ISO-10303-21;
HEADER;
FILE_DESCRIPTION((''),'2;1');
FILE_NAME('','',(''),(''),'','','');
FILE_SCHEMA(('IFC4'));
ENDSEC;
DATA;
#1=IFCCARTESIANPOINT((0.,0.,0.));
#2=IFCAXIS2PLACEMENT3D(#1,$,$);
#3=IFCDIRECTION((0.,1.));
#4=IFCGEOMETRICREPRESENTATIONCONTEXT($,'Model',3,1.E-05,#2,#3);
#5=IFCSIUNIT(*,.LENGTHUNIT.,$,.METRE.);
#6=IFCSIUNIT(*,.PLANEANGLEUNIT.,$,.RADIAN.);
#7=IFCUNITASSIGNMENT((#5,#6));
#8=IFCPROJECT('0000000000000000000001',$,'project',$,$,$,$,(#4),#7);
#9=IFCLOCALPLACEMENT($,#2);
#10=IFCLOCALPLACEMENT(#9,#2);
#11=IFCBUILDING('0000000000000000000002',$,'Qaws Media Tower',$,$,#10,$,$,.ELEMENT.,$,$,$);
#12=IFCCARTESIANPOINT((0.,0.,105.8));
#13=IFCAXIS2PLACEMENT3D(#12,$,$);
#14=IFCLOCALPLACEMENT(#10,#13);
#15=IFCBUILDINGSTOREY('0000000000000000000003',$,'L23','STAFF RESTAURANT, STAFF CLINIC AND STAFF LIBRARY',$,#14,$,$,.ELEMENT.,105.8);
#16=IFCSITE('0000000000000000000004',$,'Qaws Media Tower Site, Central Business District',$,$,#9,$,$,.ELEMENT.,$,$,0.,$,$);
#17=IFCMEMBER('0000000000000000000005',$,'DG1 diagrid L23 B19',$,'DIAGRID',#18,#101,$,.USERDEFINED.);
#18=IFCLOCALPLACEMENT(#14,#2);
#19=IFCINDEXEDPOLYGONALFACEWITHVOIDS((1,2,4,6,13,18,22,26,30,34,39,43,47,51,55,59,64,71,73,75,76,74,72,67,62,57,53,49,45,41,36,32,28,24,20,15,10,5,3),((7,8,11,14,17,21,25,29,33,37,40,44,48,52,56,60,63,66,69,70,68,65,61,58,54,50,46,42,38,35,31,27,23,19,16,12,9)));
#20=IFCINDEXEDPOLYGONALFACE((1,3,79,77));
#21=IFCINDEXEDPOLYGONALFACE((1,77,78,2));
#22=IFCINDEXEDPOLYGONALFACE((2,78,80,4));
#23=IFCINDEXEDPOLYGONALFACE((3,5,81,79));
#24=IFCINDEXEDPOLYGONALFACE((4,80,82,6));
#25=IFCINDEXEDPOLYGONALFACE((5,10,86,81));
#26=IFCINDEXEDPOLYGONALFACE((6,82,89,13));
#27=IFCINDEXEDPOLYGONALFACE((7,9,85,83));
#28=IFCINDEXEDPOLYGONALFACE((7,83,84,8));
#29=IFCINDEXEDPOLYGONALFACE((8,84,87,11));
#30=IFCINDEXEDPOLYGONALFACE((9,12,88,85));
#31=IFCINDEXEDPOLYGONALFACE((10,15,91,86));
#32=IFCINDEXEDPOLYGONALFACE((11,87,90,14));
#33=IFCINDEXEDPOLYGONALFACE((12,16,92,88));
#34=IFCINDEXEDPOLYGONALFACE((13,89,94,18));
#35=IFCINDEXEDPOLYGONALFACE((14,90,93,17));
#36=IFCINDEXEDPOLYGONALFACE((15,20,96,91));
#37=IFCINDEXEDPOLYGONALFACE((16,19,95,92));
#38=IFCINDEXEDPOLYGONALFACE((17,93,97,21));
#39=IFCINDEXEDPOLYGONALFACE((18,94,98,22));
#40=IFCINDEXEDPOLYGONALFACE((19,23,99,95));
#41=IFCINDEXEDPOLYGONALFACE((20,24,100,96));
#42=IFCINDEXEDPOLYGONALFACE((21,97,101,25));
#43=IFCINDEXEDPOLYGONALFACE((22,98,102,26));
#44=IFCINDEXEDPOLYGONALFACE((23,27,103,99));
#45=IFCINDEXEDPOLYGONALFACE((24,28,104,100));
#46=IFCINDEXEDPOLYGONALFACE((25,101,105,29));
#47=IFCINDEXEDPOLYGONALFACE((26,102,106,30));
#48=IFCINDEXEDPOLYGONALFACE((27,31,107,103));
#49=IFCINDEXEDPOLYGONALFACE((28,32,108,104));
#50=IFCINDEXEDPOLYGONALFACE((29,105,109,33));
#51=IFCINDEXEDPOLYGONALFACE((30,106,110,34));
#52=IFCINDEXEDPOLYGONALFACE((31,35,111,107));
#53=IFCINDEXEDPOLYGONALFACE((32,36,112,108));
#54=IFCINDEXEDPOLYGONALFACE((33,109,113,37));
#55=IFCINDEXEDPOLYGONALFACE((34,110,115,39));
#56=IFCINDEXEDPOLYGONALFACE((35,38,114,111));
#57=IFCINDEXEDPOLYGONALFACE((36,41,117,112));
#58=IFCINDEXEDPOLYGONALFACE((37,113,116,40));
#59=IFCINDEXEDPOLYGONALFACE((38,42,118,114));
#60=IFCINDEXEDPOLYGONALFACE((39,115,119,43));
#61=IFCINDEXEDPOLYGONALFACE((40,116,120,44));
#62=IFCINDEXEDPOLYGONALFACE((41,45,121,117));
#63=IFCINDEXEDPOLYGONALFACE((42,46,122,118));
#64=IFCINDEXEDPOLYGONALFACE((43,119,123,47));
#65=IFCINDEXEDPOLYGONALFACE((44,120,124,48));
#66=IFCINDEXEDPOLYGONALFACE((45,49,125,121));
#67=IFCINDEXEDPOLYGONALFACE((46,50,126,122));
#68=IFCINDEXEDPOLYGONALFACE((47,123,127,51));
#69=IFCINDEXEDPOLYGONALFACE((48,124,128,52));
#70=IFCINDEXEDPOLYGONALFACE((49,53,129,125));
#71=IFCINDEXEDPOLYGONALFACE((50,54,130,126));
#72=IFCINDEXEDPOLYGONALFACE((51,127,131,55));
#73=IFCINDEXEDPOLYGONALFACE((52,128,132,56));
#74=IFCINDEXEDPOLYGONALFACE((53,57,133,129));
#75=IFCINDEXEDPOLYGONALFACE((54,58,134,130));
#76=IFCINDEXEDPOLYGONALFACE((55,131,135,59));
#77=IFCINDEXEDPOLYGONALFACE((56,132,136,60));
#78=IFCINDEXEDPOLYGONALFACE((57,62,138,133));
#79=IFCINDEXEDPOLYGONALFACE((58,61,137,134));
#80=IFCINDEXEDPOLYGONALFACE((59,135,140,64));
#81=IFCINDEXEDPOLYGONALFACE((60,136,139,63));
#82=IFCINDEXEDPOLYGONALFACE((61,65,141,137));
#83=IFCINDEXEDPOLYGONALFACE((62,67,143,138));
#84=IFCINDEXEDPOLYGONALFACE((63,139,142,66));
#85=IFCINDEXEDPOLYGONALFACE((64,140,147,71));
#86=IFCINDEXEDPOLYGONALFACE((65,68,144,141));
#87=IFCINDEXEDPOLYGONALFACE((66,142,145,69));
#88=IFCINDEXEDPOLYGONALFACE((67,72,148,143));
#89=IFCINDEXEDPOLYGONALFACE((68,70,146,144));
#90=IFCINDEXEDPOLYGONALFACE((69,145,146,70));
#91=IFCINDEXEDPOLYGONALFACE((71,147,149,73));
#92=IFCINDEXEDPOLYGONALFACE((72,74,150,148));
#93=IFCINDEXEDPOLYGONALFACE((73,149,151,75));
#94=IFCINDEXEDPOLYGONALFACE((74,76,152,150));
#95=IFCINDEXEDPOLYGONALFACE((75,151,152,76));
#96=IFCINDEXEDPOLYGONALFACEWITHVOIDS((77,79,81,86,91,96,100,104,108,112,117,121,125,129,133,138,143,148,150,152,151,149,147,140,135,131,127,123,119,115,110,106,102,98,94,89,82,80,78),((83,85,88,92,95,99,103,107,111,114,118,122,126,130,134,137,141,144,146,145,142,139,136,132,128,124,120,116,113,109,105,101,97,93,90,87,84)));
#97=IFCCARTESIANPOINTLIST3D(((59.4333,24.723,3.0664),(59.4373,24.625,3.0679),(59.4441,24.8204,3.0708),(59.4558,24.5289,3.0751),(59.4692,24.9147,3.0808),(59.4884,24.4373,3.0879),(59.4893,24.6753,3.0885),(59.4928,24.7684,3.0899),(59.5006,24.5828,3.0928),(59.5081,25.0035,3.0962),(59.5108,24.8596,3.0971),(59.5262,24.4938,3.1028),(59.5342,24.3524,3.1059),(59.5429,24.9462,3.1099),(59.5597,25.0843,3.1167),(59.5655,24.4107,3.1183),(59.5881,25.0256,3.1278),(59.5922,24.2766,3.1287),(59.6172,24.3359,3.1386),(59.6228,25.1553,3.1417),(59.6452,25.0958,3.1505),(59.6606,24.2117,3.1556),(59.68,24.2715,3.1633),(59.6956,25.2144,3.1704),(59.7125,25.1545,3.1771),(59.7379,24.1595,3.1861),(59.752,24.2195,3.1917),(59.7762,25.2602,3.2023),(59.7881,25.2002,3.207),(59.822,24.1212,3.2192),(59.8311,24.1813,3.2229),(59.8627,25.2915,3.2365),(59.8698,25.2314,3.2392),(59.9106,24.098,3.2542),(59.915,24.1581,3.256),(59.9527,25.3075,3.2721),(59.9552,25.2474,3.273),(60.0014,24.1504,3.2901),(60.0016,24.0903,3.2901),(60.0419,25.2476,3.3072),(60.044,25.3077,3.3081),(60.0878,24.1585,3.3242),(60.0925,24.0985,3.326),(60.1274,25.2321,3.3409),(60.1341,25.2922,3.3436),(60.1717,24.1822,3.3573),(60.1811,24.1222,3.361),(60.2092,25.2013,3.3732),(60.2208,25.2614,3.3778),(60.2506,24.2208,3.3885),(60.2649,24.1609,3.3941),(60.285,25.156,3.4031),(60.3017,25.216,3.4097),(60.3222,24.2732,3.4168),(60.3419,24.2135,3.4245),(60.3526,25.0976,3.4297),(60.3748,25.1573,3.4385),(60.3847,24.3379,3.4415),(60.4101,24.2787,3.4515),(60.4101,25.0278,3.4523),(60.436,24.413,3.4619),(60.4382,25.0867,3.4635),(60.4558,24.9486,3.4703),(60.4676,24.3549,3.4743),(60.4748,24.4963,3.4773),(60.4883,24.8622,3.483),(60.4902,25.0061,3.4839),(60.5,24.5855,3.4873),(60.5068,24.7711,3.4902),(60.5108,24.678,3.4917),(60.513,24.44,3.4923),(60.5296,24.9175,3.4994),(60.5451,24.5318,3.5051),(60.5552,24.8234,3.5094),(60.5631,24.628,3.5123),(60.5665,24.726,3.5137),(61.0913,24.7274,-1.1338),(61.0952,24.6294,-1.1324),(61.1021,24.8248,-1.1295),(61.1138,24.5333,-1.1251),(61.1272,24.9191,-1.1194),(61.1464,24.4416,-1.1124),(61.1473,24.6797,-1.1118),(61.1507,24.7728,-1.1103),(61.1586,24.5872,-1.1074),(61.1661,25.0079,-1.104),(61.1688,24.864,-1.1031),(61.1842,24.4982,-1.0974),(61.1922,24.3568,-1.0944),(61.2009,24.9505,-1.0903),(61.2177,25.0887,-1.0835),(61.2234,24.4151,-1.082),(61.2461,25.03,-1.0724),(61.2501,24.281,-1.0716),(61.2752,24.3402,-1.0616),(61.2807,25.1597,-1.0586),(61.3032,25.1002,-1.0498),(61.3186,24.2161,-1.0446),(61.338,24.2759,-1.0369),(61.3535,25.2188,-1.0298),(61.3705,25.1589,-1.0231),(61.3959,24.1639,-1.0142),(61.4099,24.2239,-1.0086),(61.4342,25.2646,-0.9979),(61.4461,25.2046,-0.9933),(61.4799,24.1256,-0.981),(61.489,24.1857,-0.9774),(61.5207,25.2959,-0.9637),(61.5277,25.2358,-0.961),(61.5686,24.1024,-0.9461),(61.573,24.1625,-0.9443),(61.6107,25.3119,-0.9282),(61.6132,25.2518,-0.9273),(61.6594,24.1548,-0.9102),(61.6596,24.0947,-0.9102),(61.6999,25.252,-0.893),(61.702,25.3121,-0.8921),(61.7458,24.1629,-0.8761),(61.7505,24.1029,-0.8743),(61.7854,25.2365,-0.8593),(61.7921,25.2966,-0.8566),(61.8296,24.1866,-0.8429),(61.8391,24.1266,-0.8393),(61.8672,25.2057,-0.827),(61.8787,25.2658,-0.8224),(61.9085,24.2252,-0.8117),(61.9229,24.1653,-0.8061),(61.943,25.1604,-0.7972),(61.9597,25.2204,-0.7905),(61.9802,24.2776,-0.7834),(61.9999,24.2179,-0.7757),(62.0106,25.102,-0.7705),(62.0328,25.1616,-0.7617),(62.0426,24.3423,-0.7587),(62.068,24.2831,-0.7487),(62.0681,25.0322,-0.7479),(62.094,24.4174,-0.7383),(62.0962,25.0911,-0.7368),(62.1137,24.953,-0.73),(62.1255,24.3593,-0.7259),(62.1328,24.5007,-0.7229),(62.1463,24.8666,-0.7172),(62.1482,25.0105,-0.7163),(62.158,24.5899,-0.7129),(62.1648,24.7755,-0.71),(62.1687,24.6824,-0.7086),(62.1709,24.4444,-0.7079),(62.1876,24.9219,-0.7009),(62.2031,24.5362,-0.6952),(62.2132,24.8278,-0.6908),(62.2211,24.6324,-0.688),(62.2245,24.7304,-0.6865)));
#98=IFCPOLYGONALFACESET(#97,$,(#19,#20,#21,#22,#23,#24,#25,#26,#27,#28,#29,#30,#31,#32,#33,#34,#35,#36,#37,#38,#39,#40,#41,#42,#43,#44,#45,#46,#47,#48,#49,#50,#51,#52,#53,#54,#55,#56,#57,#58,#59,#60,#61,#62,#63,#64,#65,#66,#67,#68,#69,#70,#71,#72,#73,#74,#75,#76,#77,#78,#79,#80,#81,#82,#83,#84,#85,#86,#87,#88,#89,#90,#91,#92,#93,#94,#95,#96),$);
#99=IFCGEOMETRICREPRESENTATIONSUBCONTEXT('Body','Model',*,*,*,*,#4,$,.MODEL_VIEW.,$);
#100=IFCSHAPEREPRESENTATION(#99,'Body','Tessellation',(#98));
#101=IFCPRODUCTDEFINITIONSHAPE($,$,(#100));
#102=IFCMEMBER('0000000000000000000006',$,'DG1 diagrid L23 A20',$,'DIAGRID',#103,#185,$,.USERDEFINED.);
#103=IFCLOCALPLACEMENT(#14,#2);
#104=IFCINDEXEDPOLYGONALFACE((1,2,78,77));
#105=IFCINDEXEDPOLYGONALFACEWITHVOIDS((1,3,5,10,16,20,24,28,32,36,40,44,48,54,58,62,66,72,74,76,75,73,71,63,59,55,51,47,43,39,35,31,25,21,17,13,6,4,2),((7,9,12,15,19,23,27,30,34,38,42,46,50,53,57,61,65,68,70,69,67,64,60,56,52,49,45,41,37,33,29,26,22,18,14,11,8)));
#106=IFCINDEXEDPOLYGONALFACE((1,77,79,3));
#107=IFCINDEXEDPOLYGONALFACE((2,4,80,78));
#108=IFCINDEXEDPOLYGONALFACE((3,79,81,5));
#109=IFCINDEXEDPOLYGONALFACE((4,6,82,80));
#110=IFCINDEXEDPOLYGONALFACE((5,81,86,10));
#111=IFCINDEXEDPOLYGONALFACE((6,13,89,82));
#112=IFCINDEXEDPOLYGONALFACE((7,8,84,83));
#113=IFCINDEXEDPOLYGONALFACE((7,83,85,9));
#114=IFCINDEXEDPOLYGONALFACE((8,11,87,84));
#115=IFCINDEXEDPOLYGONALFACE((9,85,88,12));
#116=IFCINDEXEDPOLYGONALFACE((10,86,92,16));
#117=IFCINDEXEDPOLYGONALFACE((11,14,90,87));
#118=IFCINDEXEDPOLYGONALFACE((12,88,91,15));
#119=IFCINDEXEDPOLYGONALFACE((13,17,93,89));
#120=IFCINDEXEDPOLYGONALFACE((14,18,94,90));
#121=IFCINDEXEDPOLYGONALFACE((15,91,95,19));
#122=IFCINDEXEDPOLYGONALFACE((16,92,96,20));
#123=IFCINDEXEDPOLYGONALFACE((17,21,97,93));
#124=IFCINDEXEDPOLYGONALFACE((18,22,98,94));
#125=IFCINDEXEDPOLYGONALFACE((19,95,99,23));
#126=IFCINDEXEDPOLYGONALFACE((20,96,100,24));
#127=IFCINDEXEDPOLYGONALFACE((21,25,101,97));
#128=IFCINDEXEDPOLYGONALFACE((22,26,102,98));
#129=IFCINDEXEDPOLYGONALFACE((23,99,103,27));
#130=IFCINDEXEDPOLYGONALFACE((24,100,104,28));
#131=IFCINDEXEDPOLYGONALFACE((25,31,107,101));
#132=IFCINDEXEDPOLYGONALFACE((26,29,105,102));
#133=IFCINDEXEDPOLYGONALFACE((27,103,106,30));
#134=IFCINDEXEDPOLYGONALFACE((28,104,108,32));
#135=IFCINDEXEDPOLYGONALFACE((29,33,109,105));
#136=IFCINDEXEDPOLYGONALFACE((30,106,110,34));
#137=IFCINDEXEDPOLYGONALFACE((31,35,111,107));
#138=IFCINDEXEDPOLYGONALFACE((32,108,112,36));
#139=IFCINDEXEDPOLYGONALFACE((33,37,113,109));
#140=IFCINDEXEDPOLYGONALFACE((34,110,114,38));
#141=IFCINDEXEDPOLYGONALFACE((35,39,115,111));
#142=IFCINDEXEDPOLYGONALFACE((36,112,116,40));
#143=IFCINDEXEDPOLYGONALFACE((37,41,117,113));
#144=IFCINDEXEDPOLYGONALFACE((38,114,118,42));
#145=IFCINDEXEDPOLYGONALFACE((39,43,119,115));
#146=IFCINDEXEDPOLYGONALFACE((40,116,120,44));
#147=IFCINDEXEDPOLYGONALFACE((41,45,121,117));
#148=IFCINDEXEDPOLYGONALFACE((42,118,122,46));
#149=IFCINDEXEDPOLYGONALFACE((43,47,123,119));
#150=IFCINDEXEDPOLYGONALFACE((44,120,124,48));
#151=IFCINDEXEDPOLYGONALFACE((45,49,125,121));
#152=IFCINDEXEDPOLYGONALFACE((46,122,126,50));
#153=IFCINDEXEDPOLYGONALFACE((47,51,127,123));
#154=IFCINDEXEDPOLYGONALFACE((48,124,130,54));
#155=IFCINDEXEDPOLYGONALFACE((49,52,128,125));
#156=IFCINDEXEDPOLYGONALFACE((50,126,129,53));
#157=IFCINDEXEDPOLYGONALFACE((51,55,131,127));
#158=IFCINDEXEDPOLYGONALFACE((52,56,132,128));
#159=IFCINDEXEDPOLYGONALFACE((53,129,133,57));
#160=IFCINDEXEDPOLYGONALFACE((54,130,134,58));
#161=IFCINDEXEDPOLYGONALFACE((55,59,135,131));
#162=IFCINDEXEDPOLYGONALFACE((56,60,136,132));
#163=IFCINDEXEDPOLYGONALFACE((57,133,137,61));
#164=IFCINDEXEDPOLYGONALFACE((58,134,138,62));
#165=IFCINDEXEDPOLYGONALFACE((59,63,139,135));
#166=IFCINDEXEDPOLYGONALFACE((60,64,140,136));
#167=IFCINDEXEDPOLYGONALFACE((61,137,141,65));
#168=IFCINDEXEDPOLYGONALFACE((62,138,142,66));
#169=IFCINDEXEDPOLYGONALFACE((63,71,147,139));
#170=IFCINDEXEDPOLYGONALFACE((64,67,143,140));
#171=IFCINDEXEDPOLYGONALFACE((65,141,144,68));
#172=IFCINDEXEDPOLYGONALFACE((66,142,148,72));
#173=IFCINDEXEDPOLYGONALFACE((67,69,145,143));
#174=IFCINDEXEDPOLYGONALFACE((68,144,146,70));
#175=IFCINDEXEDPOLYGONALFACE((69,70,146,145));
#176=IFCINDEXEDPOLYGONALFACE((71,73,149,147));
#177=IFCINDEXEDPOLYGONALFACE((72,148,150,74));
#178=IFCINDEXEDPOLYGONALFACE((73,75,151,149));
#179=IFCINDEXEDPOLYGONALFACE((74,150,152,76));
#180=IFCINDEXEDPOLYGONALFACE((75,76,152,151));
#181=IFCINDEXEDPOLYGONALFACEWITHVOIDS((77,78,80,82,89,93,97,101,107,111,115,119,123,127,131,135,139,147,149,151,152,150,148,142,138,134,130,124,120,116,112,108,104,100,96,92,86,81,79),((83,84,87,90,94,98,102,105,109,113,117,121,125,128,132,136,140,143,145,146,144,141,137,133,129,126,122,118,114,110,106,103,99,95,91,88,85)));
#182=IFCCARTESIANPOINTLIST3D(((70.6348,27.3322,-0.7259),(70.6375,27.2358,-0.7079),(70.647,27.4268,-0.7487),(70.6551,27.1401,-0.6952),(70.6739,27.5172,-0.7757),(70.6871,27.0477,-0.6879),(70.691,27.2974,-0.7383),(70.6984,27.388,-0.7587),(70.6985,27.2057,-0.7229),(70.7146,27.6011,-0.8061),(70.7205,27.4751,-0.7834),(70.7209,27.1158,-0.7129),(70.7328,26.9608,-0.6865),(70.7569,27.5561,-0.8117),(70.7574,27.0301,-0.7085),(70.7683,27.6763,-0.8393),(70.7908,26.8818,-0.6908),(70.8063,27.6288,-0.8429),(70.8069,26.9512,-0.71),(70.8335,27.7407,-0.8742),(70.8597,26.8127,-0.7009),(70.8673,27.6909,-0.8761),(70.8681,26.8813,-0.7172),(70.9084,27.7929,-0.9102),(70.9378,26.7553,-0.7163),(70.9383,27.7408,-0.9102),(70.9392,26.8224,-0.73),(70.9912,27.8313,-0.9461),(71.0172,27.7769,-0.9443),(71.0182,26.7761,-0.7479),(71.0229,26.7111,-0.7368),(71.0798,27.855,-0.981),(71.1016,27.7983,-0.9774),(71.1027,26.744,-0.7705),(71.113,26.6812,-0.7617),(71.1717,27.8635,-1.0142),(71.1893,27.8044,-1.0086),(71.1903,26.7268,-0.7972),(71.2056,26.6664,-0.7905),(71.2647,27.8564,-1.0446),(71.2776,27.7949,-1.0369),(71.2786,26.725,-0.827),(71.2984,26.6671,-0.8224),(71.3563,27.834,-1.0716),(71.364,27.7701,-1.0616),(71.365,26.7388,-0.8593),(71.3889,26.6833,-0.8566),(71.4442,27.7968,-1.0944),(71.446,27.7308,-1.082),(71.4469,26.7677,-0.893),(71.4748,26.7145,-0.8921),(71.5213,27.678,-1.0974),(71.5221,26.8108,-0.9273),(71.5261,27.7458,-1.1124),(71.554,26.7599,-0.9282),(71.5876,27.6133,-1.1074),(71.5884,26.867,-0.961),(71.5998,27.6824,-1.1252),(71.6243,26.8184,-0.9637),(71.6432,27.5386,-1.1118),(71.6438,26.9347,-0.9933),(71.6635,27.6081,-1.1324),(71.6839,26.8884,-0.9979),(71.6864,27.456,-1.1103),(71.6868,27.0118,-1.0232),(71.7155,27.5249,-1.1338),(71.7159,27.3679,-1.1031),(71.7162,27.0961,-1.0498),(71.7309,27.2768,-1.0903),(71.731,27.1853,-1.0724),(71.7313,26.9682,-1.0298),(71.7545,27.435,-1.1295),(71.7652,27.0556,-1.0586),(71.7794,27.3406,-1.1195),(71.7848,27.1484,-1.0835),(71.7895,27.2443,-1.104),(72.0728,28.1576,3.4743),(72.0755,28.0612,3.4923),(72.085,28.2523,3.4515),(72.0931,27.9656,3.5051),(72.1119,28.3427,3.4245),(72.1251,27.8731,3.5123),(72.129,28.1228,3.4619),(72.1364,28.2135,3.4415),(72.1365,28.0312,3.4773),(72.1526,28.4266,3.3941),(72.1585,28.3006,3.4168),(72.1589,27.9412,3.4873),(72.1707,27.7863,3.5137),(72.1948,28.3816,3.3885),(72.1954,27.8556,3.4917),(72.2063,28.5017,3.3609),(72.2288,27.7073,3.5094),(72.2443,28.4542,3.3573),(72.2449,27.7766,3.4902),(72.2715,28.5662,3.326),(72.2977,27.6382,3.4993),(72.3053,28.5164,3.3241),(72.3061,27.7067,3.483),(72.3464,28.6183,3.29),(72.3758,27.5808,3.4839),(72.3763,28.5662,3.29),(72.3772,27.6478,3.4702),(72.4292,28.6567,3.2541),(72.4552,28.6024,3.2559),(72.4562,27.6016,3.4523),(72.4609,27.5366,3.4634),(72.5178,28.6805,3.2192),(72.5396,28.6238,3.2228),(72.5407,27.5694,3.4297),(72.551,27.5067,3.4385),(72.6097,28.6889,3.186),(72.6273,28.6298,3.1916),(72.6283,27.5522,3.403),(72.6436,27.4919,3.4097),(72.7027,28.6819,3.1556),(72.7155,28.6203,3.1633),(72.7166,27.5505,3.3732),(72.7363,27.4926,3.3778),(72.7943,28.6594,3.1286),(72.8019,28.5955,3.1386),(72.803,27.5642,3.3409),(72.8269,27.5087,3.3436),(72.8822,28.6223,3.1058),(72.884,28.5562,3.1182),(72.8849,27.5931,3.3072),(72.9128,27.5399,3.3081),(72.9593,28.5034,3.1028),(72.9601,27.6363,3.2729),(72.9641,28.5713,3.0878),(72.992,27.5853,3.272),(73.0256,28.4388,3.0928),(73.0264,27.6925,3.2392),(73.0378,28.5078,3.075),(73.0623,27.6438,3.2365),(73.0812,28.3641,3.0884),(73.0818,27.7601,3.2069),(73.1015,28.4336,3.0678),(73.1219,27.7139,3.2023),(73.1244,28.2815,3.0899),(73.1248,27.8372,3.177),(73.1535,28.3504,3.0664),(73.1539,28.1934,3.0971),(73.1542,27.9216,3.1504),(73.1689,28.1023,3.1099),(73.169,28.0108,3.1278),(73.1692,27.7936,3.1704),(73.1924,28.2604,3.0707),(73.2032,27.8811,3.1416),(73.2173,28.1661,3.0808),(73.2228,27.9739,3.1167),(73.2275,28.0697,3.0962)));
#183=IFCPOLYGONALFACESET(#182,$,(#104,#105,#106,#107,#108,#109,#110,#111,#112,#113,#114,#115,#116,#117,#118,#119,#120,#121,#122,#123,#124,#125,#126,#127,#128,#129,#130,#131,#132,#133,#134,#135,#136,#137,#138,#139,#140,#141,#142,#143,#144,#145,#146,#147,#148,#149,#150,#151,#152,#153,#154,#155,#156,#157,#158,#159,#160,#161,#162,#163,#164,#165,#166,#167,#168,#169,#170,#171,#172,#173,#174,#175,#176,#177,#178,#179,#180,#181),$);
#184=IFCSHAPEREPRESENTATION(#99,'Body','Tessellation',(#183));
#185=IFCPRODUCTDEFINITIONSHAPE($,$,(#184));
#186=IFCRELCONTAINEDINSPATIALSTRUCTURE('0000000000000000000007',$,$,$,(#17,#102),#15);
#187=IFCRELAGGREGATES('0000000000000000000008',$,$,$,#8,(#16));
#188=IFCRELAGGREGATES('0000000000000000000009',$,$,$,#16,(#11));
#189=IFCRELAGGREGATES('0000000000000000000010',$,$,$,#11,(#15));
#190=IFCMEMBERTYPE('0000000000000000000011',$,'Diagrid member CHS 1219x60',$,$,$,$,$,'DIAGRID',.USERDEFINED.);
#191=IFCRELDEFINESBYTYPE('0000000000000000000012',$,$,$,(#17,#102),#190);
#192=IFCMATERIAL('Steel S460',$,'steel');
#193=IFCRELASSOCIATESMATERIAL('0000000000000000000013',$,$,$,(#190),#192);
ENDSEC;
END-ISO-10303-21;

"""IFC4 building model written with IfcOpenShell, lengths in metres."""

from ifc_helpers import new_model, si_unit, direction, frame, origin, origin_2d, place, context, subcontext, project, spatial, hollow_circle, extrude, material, material_profile, profile_set, type_object, element, save


model = new_model("IFC4")

# Units and contexts
model_context = context("Model", 3, precision=1e-05, world=origin(), true_north=direction((0.0, 1.0)))
body_context = subcontext(model_context, "Body", "Model", "MODEL_VIEW")
ifc_project = project(units=[si_unit("LENGTHUNIT", "METRE"), si_unit("PLANEANGLEUNIT", "RADIAN")], contexts=[model_context])

# Site, building, storey
site_placement = place(None, origin())
site = spatial("IfcSite", under=ifc_project, at=site_placement, Name="Qaws Media Tower Site, Central Business District", CompositionType="ELEMENT", RefElevation=0.0)
building_placement = place(site_placement, origin())
building = spatial("IfcBuilding", under=site, at=building_placement, Name="Qaws Media Tower", CompositionType="ELEMENT")
storey_placement = place(building_placement, frame((0.0, 0.0, 105.8)))
storey = spatial("IfcBuildingStorey", under=building, at=storey_placement, Name="L23", Description="STAFF RESTAURANT, STAFF CLINIC AND STAFF LIBRARY", CompositionType="ELEMENT", Elevation=105.8)

# Members
ifc_material_1 = material(Name="Steel S460", Category="steel")
ifc_material_profile_1 = material_profile(ifc_material_1, hollow_circle(Radius=0.6096, WallThickness=0.0601, at=origin_2d()), Name="CHS 1219x60")
ifc_profile_set_1 = profile_set([ifc_material_profile_1], Name="Steel S460")
member_type_1 = type_object("IfcMemberType", Name="Diagrid member CHS 1219x60", ElementType="DIAGRID", PredefinedType="USERDEFINED", material=ifc_profile_set_1)
for number, where, z_axis, x_axis, name in (
    (1, (61.658, 24.7043, -0.9102), (-0.367164, -0.000973, 0.930156), (0.002651, -0.999996, 0.0), "DG1 diagrid L23 B19"),
    (2, (71.2119, 27.2642, -0.9102), (0.318448, 0.182797, 0.930149), (-0.497835, 0.867272, 0.0), "DG1 diagrid L23 A20"),
):
    element("IfcMember", number, at=place(storey_placement, frame(where, z_axis=z_axis, x_axis=x_axis)), inside=storey, type_object=member_type_1, Name=name, ObjectType="DIAGRID", PredefinedType="USERDEFINED", context=body_context, shape_type="SweptSolid", body=[
        extrude(hollow_circle(Radius=0.6096, WallThickness=0.0601, at=origin_2d()), origin(), (0.0, 0.0, 1.0), 4.5156),
    ])

save(model, "model.ifc")
